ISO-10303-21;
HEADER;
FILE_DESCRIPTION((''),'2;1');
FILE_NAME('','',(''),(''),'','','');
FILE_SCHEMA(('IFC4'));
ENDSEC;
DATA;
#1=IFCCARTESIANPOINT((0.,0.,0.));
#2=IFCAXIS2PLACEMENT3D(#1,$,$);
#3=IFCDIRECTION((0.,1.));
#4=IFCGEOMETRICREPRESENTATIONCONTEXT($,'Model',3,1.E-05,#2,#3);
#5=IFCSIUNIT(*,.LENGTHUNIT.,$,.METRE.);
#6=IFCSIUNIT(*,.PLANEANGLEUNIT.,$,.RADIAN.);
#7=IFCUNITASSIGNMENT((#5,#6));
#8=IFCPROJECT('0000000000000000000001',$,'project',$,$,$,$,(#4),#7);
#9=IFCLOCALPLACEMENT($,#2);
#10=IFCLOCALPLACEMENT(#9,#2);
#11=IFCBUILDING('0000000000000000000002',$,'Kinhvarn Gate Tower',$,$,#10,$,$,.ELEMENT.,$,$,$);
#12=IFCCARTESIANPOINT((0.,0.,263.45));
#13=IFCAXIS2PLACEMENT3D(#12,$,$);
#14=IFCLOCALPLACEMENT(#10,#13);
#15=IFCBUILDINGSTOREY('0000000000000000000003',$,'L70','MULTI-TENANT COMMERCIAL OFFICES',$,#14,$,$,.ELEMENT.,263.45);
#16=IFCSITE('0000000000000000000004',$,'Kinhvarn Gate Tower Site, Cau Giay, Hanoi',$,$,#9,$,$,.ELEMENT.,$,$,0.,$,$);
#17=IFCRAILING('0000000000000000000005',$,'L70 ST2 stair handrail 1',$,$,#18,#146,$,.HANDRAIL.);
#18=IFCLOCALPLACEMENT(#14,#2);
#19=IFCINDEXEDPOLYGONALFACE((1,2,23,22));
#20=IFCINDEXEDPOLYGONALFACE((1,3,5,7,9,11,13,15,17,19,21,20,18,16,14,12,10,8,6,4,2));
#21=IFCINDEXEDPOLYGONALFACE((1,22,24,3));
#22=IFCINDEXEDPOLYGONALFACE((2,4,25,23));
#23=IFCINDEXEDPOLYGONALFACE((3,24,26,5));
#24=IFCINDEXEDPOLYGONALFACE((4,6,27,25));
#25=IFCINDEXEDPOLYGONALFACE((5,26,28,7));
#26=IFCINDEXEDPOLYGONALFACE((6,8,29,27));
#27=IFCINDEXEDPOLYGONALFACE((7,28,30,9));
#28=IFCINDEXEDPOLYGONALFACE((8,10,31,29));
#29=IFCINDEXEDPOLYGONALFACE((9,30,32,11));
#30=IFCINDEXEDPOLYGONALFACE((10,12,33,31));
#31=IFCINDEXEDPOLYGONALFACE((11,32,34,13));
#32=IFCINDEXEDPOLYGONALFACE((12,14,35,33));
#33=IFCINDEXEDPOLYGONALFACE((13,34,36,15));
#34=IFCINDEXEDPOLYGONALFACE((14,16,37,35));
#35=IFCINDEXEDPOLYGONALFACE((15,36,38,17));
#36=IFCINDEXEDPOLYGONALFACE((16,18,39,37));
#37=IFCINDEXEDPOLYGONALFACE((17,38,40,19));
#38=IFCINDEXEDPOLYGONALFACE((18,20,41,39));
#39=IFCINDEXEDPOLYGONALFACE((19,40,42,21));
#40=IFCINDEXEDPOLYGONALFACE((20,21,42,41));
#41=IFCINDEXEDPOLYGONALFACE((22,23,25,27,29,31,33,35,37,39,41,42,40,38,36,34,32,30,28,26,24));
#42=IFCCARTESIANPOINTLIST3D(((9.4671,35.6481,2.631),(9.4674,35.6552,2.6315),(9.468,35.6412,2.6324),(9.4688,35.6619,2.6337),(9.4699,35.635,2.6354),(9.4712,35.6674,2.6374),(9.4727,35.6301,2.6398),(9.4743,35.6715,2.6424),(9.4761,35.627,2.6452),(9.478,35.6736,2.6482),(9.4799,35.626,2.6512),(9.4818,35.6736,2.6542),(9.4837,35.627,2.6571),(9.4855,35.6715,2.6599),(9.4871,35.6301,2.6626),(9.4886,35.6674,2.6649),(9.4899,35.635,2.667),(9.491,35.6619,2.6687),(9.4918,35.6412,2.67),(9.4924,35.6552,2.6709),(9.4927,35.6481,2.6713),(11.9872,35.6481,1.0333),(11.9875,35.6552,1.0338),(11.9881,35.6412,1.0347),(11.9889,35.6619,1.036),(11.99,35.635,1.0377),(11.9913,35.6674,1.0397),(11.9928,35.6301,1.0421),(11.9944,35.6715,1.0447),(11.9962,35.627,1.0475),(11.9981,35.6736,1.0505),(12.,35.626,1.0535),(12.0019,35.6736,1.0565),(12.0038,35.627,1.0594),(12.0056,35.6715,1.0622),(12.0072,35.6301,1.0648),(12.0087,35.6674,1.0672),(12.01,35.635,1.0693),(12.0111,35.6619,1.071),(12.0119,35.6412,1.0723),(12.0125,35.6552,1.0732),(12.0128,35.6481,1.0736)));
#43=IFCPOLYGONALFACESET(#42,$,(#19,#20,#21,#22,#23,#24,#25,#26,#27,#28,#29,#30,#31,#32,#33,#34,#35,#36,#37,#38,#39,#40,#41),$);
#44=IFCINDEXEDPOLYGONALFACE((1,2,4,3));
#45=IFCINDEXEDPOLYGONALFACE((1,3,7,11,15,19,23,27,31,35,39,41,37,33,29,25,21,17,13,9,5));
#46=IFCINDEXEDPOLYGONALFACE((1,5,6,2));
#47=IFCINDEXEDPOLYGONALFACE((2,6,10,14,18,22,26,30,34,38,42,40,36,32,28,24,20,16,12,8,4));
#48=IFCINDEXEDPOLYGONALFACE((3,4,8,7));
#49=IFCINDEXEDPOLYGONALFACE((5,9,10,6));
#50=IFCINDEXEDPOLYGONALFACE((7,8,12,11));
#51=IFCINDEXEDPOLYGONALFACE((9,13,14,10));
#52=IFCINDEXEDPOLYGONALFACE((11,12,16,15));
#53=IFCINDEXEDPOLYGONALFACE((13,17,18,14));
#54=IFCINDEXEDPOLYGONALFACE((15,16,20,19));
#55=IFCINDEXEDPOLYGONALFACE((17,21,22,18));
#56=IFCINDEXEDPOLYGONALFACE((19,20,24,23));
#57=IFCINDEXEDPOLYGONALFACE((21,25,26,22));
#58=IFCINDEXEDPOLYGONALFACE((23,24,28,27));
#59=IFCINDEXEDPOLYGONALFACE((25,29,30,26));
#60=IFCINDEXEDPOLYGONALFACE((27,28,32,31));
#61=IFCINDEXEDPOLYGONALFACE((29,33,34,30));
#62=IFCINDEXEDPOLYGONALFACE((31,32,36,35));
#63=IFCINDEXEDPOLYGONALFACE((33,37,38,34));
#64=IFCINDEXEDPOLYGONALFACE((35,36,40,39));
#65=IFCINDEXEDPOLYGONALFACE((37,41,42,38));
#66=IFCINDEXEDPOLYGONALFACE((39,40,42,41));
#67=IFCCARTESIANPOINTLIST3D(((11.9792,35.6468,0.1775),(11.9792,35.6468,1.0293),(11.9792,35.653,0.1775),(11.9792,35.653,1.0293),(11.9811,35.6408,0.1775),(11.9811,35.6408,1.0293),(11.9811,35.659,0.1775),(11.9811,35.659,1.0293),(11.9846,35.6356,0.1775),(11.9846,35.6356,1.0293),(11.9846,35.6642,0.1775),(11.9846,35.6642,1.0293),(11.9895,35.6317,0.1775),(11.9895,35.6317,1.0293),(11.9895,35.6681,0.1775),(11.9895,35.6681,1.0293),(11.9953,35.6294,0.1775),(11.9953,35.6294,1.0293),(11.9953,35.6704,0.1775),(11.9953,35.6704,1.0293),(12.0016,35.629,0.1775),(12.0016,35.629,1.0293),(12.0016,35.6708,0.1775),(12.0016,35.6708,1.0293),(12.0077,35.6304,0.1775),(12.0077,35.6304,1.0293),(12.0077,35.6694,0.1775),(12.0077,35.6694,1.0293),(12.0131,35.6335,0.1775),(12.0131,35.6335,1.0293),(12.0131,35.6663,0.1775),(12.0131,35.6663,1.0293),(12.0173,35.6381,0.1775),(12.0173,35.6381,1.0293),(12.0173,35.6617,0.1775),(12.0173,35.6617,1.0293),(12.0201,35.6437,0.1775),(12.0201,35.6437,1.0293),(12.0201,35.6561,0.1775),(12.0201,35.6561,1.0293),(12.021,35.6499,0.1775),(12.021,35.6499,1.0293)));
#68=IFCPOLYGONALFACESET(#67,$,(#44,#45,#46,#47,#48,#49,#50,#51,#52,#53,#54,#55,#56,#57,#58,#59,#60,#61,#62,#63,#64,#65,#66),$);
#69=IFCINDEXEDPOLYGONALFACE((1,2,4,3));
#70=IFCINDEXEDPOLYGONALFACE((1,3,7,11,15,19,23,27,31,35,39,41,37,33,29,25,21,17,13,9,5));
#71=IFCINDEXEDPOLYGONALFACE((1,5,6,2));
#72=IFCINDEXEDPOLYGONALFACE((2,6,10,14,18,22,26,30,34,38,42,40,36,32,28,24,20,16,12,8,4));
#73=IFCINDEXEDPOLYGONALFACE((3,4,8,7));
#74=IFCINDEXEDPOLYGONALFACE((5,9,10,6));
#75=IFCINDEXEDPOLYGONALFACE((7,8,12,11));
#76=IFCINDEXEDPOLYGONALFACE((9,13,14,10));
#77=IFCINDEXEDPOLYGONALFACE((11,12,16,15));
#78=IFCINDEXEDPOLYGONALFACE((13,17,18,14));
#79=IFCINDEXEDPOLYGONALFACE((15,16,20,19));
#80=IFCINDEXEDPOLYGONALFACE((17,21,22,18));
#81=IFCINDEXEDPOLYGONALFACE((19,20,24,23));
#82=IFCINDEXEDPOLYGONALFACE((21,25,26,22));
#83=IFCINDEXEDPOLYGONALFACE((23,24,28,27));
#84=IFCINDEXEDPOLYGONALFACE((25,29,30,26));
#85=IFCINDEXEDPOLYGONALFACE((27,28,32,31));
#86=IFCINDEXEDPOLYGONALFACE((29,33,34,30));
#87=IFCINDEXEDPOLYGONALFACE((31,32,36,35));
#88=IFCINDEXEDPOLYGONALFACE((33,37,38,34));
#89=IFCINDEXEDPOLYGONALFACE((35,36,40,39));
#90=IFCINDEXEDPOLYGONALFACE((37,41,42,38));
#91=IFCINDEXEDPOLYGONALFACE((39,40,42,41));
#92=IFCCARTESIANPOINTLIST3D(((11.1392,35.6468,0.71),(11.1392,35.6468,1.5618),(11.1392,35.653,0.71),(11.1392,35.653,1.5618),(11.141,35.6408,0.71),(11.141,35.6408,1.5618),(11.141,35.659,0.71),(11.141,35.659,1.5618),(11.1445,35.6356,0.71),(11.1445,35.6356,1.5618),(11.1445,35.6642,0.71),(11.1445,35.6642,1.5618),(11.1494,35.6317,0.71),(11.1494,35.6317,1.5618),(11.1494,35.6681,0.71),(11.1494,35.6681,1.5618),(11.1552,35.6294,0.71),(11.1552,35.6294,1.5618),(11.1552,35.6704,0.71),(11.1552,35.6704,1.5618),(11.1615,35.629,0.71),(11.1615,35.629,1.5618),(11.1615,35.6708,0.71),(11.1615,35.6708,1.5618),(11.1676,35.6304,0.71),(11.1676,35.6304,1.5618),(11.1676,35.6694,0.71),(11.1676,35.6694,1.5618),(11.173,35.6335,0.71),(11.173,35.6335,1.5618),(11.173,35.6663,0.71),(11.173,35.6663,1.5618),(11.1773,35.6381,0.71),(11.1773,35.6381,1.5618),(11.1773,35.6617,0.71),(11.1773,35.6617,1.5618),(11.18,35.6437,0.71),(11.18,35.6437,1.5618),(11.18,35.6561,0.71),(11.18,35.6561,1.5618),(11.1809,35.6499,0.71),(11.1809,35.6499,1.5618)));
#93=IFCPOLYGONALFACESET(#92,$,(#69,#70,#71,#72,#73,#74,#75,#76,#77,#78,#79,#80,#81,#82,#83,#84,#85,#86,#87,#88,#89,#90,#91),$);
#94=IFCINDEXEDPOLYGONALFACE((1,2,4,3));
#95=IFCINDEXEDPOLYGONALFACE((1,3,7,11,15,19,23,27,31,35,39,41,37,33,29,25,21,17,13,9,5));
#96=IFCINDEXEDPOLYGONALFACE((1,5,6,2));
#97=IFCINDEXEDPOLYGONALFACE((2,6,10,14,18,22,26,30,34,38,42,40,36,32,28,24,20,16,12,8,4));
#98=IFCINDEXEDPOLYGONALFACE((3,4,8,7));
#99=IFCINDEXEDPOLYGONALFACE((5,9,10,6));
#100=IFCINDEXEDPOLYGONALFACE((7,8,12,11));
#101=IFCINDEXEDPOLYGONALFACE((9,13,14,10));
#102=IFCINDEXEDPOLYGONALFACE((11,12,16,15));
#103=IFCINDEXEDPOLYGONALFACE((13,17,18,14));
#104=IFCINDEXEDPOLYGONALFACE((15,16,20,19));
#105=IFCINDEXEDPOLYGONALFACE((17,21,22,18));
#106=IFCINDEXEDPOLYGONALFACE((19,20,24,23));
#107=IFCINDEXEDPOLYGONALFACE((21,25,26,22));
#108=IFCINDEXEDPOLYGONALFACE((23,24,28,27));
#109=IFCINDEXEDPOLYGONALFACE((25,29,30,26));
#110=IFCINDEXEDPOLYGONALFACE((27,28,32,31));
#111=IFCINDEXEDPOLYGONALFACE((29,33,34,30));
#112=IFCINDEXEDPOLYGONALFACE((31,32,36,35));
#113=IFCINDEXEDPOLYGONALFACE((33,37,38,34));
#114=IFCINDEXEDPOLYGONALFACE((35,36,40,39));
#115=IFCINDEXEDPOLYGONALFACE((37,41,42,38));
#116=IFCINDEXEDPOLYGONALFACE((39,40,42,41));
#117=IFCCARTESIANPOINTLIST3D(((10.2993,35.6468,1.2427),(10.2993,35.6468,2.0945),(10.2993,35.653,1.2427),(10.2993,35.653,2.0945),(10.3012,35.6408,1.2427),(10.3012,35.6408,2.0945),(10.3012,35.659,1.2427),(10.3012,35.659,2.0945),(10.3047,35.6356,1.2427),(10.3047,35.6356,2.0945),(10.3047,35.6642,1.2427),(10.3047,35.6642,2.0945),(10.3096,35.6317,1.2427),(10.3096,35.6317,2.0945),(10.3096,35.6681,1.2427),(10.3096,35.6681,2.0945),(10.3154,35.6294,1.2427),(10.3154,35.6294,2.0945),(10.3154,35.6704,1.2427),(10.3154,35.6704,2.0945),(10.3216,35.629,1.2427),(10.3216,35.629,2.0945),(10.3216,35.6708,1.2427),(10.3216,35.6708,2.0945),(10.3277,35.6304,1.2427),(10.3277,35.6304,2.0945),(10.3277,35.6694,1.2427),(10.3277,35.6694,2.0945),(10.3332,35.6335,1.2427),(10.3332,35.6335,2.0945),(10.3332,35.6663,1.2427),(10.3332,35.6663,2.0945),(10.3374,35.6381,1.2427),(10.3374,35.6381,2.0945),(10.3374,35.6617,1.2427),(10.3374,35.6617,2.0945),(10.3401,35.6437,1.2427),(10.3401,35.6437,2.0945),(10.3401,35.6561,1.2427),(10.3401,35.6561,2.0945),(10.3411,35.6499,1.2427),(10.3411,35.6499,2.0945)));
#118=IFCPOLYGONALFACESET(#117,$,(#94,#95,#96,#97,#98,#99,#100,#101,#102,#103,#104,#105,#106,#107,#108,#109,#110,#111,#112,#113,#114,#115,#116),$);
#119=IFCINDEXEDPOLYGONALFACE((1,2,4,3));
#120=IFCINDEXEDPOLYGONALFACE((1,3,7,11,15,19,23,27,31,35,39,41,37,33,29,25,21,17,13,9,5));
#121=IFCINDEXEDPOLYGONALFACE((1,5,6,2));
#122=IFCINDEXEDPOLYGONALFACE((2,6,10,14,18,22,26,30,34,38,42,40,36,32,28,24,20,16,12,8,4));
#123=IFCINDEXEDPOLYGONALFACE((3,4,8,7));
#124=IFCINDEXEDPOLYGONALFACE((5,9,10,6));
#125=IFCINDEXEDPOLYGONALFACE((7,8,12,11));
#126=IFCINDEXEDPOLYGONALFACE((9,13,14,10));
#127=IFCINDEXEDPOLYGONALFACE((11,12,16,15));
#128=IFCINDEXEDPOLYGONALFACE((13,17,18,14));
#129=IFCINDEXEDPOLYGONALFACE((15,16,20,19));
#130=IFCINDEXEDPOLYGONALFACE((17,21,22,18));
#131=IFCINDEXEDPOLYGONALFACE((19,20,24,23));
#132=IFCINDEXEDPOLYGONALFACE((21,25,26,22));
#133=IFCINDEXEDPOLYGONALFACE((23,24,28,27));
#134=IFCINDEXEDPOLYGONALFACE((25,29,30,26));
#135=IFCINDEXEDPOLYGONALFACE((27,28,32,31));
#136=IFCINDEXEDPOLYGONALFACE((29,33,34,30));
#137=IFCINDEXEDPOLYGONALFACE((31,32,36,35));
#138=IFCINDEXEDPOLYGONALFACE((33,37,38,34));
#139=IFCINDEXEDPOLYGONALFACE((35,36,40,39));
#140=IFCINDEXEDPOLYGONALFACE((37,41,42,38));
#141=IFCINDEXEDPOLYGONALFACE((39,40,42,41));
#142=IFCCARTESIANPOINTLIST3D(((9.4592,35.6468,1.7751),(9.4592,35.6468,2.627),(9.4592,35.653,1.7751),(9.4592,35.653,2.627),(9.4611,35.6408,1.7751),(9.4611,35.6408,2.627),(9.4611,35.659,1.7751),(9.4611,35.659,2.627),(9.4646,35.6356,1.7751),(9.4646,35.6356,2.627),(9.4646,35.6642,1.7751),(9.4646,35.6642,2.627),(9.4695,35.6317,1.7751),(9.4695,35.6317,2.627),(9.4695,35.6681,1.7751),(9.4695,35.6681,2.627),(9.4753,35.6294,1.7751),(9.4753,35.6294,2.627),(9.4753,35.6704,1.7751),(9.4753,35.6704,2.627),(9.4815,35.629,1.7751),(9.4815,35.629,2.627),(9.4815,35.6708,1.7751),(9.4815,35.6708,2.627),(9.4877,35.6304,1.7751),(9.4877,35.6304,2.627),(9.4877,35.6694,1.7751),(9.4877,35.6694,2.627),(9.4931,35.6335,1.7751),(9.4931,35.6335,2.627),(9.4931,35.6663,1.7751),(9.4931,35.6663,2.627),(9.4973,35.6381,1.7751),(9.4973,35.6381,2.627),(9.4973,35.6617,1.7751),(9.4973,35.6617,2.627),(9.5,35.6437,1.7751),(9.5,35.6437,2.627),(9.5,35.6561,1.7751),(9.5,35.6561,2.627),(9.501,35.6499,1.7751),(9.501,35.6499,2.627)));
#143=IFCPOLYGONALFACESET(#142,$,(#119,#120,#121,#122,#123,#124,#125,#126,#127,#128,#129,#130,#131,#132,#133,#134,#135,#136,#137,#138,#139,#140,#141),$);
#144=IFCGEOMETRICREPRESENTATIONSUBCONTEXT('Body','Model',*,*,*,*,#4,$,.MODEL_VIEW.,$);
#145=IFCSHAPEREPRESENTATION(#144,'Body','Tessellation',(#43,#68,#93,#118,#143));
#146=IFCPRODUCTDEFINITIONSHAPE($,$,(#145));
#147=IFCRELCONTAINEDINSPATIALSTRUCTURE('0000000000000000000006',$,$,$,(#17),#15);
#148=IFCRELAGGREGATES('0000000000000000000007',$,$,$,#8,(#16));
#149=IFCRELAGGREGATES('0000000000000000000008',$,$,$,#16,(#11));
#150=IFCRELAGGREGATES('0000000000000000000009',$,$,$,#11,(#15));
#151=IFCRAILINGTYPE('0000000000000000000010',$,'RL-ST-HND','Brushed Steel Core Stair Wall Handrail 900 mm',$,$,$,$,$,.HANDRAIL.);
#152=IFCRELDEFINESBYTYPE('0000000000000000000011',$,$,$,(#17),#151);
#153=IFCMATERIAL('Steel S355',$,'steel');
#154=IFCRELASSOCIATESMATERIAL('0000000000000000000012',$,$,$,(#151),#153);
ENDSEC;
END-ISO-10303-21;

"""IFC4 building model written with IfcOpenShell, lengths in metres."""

from ifc_helpers import new_model, si_unit, direction, frame, origin, origin_2d, place, context, subcontext, project, spatial, circle, extrude, material, type_object, element, save


model = new_model("IFC4")

# Units and contexts
model_context = context("Model", 3, precision=1e-05, world=origin(), true_north=direction((0.0, 1.0)))
body_context = subcontext(model_context, "Body", "Model", "MODEL_VIEW")
ifc_project = project(units=[si_unit("LENGTHUNIT", "METRE"), si_unit("PLANEANGLEUNIT", "RADIAN")], contexts=[model_context])

# Site, building, storey
site_placement = place(None, origin())
site = spatial("IfcSite", under=ifc_project, at=site_placement, Name="Kinhvarn Gate Tower Site, Cau Giay, Hanoi", CompositionType="ELEMENT", RefElevation=0.0)
building_placement = place(site_placement, origin())
building = spatial("IfcBuilding", under=site, at=building_placement, Name="Kinhvarn Gate Tower", CompositionType="ELEMENT")
storey_placement = place(building_placement, frame((0.0, 0.0, 263.45)))
storey = spatial("IfcBuildingStorey", under=building, at=storey_placement, Name="L70", Description="MULTI-TENANT COMMERCIAL OFFICES", CompositionType="ELEMENT", Elevation=263.45)

# Shared definitions
ifc_material_1 = material(Name="Steel S355", Category="steel")

# Railing
railing_type_1 = type_object("IfcRailingType", Name="RL-ST-HND", Description="Brushed Steel Core Stair Wall Handrail 900 mm", PredefinedType="HANDRAIL", material=ifc_material_1)
railing_1_placement = place(storey_placement, frame((12.0, 35.6499, 0.1775)))
element("IfcRailing", 1, at=railing_1_placement, inside=storey, type_object=railing_type_1, Name="L70 ST2 stair handrail 1", PredefinedType="HANDRAIL", context=body_context, shape_type="SweptSolid", body=[
    extrude(circle(Radius=0.0239, at=origin_2d()), frame((0.0, 0.0, 0.876), z_axis=(-0.84457, 0.0, 0.535445), x_axis=(0.0, -1.0, 0.0)), (0.0, 0.0, 1.0), 2.9839),
    extrude(circle(Radius=0.021, at=origin_2d()), origin(), (0.0, 0.0, 1.0), 0.8518),
    extrude(circle(Radius=0.021, at=origin_2d()), frame((-0.8401, 0.0, 0.5325)), (0.0, 0.0, 1.0), 0.8518),
    extrude(circle(Radius=0.021, at=origin_2d()), frame((-1.6799, 0.0, 1.0652)), (0.0, 0.0, 1.0), 0.8518),
    extrude(circle(Radius=0.021, at=origin_2d()), frame((-2.52, 0.0, 1.5977)), (0.0, 0.0, 1.0), 0.8518),
])

save(model, "model.ifc")
